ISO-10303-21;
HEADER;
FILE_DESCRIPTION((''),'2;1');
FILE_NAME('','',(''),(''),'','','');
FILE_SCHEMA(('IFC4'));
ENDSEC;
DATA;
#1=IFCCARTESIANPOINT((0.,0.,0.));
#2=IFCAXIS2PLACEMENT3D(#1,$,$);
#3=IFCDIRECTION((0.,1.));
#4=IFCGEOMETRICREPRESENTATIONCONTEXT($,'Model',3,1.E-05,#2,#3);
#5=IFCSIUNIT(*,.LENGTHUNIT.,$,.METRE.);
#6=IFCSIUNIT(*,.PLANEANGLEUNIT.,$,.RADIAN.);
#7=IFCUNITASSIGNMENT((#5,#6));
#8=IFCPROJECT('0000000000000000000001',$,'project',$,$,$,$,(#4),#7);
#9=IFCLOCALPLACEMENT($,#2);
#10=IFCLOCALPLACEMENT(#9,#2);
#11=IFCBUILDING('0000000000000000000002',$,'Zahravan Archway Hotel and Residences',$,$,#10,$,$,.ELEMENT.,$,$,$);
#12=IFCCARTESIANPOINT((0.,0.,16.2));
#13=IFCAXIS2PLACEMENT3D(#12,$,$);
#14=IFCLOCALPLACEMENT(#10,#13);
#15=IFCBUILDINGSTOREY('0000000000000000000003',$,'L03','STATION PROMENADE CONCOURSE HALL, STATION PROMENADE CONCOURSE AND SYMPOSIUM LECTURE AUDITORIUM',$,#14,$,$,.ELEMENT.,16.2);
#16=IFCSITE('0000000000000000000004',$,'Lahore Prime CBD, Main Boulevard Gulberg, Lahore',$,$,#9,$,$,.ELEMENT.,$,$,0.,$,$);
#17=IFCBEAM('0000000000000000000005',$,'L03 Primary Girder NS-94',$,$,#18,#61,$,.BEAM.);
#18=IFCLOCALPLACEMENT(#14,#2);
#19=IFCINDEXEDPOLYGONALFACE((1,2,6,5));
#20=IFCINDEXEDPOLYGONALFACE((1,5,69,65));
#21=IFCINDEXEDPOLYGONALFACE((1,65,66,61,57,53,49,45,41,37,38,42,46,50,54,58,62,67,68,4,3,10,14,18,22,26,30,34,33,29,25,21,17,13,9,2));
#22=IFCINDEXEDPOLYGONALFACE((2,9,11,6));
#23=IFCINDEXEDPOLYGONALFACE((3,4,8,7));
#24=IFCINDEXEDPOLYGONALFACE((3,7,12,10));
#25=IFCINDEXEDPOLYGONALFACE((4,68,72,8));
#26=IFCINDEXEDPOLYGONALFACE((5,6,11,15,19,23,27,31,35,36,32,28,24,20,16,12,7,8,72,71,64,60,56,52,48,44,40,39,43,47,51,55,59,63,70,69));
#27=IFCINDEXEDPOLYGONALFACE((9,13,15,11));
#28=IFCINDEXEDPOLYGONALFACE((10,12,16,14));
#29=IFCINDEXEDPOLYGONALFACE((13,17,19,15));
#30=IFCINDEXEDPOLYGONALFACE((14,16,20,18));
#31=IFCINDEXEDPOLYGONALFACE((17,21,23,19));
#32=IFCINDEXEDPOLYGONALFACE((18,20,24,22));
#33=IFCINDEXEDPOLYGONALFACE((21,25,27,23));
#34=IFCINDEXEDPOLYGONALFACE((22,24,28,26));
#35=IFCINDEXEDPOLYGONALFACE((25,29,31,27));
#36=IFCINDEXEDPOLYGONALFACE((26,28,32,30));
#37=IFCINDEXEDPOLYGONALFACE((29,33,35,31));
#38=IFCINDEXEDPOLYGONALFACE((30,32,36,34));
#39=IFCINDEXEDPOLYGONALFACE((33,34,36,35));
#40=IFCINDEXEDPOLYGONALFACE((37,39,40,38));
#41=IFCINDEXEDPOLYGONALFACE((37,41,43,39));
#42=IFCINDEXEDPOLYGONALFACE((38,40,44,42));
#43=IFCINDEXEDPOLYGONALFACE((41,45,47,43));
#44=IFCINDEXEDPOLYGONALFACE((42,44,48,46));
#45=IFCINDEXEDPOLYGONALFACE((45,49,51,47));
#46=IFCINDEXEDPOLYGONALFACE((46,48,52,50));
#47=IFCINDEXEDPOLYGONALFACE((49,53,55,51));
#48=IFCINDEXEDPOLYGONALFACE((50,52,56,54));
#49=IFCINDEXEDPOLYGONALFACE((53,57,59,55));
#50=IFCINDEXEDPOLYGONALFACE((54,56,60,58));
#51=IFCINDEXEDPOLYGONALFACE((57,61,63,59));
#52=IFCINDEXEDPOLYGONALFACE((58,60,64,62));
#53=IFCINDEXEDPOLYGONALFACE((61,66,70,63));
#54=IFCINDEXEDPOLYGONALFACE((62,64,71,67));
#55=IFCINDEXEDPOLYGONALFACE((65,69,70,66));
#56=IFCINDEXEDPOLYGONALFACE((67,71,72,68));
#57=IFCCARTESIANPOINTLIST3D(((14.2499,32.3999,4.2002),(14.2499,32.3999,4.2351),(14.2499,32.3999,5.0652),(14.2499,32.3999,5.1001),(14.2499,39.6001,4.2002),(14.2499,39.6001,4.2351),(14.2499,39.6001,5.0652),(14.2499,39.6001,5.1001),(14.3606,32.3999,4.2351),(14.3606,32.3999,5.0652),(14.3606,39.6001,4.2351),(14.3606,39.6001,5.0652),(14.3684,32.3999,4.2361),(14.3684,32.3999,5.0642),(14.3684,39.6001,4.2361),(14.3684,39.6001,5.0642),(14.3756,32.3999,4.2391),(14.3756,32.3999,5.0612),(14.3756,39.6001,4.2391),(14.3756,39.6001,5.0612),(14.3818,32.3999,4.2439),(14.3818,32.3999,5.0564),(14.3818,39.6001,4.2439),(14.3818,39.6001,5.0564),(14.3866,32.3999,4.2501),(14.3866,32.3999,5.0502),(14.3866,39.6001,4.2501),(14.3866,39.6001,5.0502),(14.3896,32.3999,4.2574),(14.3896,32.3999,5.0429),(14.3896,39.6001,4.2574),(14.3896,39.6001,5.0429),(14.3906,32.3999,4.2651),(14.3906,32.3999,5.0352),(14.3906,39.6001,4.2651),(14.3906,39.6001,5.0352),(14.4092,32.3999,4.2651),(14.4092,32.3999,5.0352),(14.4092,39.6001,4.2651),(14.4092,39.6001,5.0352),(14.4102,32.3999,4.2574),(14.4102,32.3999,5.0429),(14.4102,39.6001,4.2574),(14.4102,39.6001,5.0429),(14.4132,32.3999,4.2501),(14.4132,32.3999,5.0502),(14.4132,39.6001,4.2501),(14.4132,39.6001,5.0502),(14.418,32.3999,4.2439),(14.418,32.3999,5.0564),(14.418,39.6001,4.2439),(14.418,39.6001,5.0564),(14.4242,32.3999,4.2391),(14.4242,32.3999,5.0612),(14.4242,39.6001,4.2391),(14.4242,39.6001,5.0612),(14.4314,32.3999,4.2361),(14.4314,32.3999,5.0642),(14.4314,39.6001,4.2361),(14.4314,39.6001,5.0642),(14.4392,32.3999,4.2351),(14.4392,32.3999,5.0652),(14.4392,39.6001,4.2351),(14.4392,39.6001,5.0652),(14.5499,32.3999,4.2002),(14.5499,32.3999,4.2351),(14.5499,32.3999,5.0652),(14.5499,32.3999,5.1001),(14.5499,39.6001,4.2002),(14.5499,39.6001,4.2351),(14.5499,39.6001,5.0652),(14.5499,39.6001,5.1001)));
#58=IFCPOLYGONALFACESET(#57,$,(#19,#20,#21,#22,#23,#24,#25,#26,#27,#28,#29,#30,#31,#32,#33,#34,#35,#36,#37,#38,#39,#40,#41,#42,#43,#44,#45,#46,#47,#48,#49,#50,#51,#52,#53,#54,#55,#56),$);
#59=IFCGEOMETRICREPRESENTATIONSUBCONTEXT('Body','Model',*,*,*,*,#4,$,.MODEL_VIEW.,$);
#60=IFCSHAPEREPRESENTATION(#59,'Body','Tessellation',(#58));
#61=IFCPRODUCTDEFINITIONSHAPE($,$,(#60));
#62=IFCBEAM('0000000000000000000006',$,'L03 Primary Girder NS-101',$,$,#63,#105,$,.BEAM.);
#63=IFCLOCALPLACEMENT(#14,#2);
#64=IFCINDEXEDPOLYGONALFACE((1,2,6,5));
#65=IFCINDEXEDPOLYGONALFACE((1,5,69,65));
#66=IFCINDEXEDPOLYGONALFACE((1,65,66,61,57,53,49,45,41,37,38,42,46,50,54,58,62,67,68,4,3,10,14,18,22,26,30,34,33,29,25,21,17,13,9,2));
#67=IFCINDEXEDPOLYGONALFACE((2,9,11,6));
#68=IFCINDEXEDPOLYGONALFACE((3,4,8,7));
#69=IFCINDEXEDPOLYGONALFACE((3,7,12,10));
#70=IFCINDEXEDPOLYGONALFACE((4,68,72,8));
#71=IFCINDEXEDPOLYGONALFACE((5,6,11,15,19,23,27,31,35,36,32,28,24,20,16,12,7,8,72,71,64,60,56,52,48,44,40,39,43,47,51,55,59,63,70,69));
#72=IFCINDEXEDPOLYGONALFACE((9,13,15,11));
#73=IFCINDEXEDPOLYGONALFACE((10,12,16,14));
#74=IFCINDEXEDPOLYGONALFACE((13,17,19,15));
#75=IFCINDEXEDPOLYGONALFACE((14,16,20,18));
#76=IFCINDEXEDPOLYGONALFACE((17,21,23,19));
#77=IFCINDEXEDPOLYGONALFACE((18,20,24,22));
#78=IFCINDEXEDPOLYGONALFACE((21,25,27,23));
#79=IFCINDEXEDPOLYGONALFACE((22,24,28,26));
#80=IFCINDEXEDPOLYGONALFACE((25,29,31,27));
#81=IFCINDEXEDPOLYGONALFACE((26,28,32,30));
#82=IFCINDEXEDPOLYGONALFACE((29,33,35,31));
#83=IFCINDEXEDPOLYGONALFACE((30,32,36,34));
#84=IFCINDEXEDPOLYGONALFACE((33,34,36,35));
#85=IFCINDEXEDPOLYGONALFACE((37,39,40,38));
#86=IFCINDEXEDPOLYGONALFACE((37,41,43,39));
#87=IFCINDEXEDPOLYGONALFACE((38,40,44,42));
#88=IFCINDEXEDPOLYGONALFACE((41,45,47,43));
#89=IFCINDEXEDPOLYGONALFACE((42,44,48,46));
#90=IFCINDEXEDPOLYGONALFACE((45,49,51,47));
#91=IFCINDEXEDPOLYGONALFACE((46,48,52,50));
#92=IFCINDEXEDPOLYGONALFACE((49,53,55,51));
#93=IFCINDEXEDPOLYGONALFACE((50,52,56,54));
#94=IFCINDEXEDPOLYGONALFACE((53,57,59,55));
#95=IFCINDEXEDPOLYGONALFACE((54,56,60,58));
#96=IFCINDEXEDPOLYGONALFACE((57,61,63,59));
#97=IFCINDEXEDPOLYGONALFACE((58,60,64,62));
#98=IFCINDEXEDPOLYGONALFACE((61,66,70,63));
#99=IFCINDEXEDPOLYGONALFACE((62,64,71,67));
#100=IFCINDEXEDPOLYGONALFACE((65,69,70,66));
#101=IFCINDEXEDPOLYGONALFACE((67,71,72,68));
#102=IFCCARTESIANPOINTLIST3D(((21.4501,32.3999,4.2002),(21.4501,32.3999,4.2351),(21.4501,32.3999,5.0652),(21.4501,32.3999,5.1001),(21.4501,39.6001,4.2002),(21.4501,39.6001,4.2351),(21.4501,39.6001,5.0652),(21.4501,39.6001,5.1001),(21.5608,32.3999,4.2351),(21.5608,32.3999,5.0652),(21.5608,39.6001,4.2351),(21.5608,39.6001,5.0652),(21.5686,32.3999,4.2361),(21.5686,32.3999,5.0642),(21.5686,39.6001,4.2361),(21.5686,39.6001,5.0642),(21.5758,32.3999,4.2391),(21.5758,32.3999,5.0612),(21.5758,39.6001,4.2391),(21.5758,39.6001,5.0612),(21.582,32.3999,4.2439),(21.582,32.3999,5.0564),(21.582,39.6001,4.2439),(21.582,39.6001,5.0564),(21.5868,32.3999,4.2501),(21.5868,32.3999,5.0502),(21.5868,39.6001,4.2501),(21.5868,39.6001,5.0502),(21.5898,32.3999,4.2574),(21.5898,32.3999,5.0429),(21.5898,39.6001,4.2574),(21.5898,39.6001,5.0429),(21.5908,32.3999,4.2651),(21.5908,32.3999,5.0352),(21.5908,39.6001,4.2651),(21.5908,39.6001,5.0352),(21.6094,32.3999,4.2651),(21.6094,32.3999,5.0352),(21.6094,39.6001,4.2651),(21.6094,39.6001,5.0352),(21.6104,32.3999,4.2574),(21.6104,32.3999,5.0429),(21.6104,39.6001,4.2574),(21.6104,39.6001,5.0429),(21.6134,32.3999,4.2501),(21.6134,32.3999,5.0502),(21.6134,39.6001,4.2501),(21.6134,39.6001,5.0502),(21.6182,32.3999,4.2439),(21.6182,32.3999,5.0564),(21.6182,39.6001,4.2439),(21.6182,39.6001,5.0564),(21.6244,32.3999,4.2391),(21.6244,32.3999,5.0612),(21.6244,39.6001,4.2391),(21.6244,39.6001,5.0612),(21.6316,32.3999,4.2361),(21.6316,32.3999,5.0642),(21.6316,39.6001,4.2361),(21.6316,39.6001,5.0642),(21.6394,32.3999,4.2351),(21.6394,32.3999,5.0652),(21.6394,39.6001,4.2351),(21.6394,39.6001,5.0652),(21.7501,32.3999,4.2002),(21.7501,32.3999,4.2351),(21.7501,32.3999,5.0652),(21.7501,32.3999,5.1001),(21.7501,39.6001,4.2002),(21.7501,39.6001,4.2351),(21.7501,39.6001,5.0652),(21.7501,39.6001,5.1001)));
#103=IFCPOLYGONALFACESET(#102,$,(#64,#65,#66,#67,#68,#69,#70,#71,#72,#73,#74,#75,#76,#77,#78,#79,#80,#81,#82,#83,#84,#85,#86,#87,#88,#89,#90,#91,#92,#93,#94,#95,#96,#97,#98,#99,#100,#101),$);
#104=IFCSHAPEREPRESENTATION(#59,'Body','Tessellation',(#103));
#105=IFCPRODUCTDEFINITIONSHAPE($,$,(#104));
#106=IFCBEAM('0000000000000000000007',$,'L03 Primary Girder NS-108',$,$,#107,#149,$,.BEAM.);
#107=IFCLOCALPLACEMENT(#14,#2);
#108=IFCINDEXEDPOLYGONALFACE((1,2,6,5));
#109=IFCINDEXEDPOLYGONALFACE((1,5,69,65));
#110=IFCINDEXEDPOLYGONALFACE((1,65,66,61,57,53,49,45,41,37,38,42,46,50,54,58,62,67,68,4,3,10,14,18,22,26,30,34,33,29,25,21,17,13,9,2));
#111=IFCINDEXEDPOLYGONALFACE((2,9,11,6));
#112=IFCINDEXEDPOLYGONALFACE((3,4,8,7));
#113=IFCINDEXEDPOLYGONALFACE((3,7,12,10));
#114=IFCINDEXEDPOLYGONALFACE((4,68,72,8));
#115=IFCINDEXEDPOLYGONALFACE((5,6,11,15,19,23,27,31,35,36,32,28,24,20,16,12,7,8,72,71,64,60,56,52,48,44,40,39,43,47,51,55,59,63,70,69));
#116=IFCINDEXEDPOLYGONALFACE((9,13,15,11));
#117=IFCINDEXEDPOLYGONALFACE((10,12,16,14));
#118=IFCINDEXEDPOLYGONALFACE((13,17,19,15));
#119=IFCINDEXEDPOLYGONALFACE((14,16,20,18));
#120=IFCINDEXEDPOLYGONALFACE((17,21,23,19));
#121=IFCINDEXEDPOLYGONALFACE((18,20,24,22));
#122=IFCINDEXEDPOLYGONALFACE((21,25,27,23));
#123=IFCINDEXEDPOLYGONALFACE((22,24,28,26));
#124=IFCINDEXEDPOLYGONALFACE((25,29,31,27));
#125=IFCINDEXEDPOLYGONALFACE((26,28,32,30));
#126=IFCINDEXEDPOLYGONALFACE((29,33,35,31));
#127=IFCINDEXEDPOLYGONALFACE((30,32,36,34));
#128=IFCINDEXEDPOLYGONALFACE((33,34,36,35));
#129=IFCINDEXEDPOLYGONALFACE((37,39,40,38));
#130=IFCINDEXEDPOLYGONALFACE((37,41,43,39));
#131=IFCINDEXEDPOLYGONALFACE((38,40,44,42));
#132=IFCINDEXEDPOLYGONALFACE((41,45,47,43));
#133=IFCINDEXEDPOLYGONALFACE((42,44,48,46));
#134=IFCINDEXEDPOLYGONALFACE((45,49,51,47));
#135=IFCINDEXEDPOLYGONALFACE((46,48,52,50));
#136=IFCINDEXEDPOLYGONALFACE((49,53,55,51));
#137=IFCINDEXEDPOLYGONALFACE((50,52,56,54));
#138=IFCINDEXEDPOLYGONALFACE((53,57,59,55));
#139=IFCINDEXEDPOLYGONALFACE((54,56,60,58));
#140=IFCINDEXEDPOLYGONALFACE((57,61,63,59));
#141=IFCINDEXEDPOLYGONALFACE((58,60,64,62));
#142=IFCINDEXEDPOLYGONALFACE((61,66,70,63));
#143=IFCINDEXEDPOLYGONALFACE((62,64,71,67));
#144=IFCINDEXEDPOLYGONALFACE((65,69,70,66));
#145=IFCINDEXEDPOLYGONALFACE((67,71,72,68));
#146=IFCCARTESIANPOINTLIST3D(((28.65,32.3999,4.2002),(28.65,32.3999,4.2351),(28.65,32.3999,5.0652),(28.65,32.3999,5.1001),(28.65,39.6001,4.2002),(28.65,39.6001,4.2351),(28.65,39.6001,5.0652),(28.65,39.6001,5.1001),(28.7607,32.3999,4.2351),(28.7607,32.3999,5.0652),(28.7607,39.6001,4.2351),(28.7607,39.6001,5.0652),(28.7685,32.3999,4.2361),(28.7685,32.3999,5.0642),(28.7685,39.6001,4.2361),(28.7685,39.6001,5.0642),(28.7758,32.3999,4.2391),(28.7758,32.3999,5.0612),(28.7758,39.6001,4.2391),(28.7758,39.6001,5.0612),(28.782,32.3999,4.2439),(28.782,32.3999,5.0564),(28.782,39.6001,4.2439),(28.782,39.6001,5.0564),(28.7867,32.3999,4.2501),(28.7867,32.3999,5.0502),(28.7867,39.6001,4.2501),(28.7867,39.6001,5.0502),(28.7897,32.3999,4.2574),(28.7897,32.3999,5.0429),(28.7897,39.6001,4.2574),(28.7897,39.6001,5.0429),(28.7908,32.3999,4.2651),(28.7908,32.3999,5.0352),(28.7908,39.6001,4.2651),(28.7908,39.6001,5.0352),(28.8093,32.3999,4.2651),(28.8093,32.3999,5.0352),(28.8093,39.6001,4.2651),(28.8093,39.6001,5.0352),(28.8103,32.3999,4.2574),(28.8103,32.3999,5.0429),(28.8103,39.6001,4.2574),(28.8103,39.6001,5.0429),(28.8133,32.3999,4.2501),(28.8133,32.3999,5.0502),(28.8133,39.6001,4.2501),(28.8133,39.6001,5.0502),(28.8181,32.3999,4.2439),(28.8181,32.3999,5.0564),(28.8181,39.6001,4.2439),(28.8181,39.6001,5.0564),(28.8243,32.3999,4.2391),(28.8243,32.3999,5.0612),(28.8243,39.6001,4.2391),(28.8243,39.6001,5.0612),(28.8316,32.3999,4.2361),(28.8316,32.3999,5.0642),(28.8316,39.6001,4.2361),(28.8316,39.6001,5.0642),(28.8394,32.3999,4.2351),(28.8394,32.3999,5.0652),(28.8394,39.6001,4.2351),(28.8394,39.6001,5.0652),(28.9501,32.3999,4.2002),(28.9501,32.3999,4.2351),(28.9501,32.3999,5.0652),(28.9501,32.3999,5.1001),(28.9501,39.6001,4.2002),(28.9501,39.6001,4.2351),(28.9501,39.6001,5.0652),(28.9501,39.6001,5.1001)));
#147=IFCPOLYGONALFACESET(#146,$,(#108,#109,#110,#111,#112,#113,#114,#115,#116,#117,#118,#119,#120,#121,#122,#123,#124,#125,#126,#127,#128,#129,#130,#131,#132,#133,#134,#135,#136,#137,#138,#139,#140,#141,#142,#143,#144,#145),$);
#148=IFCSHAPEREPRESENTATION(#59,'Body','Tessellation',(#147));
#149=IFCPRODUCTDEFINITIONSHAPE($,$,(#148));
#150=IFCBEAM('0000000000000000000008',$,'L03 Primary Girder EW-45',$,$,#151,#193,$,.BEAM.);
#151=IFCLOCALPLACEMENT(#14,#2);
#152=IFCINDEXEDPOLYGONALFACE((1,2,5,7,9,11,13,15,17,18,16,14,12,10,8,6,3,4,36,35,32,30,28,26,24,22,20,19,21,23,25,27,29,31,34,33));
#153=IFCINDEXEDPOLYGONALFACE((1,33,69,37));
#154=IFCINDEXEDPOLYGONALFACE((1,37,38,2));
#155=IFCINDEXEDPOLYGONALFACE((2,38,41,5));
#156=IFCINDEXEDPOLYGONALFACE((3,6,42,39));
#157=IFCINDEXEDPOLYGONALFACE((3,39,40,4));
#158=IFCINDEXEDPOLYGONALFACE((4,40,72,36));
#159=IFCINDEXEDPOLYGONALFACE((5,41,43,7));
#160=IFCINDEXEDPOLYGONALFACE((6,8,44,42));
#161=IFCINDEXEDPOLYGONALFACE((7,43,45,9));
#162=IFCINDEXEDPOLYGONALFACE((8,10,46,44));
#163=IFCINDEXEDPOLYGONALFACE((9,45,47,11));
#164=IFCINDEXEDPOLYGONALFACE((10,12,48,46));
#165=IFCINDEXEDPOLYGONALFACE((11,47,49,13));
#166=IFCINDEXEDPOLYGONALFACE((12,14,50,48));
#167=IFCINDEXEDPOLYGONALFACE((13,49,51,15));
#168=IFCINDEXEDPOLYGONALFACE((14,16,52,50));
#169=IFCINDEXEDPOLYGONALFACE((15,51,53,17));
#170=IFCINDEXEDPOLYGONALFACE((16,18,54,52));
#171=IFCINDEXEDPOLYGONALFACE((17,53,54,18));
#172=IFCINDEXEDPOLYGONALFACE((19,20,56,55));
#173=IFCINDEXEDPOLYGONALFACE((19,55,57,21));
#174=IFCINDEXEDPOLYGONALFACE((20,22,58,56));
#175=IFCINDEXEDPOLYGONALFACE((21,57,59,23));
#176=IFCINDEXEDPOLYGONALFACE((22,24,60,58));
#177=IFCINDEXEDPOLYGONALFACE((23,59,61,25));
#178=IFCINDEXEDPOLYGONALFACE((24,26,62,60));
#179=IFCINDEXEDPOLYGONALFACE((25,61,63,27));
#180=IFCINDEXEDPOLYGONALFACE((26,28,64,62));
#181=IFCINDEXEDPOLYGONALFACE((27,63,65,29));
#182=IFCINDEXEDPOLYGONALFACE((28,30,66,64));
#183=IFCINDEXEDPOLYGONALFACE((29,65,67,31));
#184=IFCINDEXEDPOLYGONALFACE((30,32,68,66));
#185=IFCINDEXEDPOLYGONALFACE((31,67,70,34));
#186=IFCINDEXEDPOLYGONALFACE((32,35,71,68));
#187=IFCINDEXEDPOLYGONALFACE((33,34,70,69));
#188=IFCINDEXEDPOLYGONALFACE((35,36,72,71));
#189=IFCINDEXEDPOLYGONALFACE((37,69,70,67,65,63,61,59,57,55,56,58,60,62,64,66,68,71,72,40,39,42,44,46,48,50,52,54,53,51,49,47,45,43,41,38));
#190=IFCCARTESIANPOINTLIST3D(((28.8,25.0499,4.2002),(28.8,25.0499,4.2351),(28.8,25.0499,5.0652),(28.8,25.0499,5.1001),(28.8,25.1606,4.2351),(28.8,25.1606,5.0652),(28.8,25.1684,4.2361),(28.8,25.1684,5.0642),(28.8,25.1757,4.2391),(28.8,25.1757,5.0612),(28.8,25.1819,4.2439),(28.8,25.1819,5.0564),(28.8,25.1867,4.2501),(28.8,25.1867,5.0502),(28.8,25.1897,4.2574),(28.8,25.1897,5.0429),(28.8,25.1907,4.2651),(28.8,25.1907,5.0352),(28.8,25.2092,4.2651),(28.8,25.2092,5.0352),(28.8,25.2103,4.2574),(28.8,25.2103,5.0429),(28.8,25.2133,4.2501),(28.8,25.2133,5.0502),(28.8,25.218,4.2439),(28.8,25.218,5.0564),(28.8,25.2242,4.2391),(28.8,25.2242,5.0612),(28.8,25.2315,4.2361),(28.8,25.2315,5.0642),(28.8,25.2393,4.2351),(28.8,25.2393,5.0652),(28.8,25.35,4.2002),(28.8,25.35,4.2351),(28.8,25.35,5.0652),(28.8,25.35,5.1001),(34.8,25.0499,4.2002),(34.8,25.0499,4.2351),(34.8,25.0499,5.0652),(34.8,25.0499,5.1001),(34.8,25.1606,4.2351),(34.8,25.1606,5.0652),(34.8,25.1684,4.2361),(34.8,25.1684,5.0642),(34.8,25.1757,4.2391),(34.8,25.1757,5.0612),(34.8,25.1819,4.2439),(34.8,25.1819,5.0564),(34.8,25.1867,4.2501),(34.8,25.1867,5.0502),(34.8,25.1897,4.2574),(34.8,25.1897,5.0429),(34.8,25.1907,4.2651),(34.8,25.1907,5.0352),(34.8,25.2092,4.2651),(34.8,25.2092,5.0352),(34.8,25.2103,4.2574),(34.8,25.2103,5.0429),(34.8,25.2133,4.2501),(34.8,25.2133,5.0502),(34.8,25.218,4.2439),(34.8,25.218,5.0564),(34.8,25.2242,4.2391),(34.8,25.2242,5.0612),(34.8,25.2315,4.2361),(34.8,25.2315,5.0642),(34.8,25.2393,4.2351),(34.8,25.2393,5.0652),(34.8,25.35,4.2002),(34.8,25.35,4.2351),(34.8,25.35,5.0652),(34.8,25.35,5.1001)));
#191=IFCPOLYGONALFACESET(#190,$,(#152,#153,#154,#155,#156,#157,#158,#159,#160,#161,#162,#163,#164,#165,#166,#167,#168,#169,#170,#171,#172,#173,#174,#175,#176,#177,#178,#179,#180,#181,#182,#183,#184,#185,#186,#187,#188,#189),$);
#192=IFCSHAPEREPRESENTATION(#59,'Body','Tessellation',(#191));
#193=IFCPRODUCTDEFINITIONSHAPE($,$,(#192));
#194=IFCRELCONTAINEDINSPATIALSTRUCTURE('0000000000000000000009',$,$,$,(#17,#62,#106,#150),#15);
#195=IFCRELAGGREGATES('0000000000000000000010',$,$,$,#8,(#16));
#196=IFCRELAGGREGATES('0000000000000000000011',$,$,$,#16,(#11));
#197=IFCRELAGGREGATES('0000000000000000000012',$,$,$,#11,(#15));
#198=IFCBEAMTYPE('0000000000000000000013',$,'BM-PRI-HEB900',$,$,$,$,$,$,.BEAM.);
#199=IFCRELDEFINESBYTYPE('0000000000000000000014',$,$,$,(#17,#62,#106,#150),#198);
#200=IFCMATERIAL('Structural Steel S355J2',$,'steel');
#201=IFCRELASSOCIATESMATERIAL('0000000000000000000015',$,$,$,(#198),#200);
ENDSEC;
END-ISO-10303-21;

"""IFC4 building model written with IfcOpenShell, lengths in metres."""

from ifc_helpers import new_model, si_unit, direction, frame, origin, origin_2d, place, context, subcontext, project, spatial, i_section, extrude, source, transform, mapped, material, material_profile, profile_set, type_object, element, save


model = new_model("IFC4")

# Units and contexts
model_context = context("Model", 3, precision=1e-05, world=origin(), true_north=direction((0.0, 1.0)))
body_context = subcontext(model_context, "Body", "Model", "MODEL_VIEW")
ifc_project = project(units=[si_unit("LENGTHUNIT", "METRE"), si_unit("PLANEANGLEUNIT", "RADIAN")], contexts=[model_context])

# Site, building, storey
site_placement = place(None, origin())
site = spatial("IfcSite", under=ifc_project, at=site_placement, Name="Lahore Prime CBD, Main Boulevard Gulberg, Lahore", CompositionType="ELEMENT", RefElevation=0.0)
building_placement = place(site_placement, origin())
building = spatial("IfcBuilding", under=site, at=building_placement, Name="Zahravan Archway Hotel and Residences", CompositionType="ELEMENT")
storey_placement = place(building_placement, frame((0.0, 0.0, 16.2)))
storey = spatial("IfcBuildingStorey", under=building, at=storey_placement, Name="L03", Description="STATION PROMENADE CONCOURSE HALL, STATION PROMENADE CONCOURSE AND SYMPOSIUM LECTURE AUDITORIUM", CompositionType="ELEMENT", Elevation=16.2)

# Beams
ifc_material_1 = material(Name="Structural Steel S355J2", Category="steel")
ifc_material_profile_1 = material_profile(ifc_material_1, i_section(OverallWidth=0.3, OverallDepth=0.8999, WebThickness=0.0186, FlangeThickness=0.0349, FilletRadius=0.03, at=origin_2d()), Name="HEB 900", Category="steel")
ifc_profile_set_1 = profile_set([ifc_material_profile_1], Name="Structural Steel S355J2")
beam_type_1 = type_object("IfcBeamType", Name="BM-PRI-HEB900", PredefinedType="BEAM", material=ifc_profile_set_1)
shared_shape_1 = source(origin(), body_context, "Body", "SweptSolid", [
    extrude(i_section(OverallWidth=0.3, OverallDepth=0.8999, WebThickness=0.0186, FlangeThickness=0.0349, FilletRadius=0.03, at=origin_2d()), origin(), (0.0, 0.0, 1.0), 7.2002),
])
for number, where, z_axis, x_axis, name in (
    (1, (14.3999, 32.3999, 4.6501), (0.0, 1.0, 0.0), (-1.0, 0.0, 0.0), "L03 Primary Girder NS-94"),
    (2, (21.6001, 32.3999, 4.6501), (0.0, 1.0, 0.0), (-1.0, 0.0, 0.0), "L03 Primary Girder NS-101"),
    (3, (28.8, 32.3999, 4.6501), (0.0, 1.0, 0.0), (-1.0, 0.0, 0.0), "L03 Primary Girder NS-108"),
):
    element("IfcBeam", number, at=place(storey_placement, frame(where, z_axis=z_axis, x_axis=x_axis)), inside=storey, type_object=beam_type_1, Name=name, PredefinedType="BEAM", context=body_context, shape_type="MappedRepresentation", body=[
        mapped(shared_shape_1, transform((0.0, 0.0, 0.0), scale=1.0)),
    ])
shared_shape_2 = source(origin(), body_context, "Body", "SweptSolid", [
    extrude(i_section(OverallWidth=0.3, OverallDepth=0.8999, WebThickness=0.0186, FlangeThickness=0.0349, FilletRadius=0.03, at=origin_2d()), origin(), (0.0, 0.0, 1.0), 6.0),
])
for number, where, z_axis, x_axis, name in (
    (4, (28.8, 25.2, 4.6501), (1.0, 0.0, 0.0), (0.0, 1.0, 0.0), "L03 Primary Girder EW-45"),
):
    element("IfcBeam", number, at=place(storey_placement, frame(where, z_axis=z_axis, x_axis=x_axis)), inside=storey, type_object=beam_type_1, Name=name, PredefinedType="BEAM", context=body_context, shape_type="MappedRepresentation", body=[
        mapped(shared_shape_2, transform((0.0, 0.0, 0.0), scale=1.0)),
    ])

save(model, "model.ifc")
